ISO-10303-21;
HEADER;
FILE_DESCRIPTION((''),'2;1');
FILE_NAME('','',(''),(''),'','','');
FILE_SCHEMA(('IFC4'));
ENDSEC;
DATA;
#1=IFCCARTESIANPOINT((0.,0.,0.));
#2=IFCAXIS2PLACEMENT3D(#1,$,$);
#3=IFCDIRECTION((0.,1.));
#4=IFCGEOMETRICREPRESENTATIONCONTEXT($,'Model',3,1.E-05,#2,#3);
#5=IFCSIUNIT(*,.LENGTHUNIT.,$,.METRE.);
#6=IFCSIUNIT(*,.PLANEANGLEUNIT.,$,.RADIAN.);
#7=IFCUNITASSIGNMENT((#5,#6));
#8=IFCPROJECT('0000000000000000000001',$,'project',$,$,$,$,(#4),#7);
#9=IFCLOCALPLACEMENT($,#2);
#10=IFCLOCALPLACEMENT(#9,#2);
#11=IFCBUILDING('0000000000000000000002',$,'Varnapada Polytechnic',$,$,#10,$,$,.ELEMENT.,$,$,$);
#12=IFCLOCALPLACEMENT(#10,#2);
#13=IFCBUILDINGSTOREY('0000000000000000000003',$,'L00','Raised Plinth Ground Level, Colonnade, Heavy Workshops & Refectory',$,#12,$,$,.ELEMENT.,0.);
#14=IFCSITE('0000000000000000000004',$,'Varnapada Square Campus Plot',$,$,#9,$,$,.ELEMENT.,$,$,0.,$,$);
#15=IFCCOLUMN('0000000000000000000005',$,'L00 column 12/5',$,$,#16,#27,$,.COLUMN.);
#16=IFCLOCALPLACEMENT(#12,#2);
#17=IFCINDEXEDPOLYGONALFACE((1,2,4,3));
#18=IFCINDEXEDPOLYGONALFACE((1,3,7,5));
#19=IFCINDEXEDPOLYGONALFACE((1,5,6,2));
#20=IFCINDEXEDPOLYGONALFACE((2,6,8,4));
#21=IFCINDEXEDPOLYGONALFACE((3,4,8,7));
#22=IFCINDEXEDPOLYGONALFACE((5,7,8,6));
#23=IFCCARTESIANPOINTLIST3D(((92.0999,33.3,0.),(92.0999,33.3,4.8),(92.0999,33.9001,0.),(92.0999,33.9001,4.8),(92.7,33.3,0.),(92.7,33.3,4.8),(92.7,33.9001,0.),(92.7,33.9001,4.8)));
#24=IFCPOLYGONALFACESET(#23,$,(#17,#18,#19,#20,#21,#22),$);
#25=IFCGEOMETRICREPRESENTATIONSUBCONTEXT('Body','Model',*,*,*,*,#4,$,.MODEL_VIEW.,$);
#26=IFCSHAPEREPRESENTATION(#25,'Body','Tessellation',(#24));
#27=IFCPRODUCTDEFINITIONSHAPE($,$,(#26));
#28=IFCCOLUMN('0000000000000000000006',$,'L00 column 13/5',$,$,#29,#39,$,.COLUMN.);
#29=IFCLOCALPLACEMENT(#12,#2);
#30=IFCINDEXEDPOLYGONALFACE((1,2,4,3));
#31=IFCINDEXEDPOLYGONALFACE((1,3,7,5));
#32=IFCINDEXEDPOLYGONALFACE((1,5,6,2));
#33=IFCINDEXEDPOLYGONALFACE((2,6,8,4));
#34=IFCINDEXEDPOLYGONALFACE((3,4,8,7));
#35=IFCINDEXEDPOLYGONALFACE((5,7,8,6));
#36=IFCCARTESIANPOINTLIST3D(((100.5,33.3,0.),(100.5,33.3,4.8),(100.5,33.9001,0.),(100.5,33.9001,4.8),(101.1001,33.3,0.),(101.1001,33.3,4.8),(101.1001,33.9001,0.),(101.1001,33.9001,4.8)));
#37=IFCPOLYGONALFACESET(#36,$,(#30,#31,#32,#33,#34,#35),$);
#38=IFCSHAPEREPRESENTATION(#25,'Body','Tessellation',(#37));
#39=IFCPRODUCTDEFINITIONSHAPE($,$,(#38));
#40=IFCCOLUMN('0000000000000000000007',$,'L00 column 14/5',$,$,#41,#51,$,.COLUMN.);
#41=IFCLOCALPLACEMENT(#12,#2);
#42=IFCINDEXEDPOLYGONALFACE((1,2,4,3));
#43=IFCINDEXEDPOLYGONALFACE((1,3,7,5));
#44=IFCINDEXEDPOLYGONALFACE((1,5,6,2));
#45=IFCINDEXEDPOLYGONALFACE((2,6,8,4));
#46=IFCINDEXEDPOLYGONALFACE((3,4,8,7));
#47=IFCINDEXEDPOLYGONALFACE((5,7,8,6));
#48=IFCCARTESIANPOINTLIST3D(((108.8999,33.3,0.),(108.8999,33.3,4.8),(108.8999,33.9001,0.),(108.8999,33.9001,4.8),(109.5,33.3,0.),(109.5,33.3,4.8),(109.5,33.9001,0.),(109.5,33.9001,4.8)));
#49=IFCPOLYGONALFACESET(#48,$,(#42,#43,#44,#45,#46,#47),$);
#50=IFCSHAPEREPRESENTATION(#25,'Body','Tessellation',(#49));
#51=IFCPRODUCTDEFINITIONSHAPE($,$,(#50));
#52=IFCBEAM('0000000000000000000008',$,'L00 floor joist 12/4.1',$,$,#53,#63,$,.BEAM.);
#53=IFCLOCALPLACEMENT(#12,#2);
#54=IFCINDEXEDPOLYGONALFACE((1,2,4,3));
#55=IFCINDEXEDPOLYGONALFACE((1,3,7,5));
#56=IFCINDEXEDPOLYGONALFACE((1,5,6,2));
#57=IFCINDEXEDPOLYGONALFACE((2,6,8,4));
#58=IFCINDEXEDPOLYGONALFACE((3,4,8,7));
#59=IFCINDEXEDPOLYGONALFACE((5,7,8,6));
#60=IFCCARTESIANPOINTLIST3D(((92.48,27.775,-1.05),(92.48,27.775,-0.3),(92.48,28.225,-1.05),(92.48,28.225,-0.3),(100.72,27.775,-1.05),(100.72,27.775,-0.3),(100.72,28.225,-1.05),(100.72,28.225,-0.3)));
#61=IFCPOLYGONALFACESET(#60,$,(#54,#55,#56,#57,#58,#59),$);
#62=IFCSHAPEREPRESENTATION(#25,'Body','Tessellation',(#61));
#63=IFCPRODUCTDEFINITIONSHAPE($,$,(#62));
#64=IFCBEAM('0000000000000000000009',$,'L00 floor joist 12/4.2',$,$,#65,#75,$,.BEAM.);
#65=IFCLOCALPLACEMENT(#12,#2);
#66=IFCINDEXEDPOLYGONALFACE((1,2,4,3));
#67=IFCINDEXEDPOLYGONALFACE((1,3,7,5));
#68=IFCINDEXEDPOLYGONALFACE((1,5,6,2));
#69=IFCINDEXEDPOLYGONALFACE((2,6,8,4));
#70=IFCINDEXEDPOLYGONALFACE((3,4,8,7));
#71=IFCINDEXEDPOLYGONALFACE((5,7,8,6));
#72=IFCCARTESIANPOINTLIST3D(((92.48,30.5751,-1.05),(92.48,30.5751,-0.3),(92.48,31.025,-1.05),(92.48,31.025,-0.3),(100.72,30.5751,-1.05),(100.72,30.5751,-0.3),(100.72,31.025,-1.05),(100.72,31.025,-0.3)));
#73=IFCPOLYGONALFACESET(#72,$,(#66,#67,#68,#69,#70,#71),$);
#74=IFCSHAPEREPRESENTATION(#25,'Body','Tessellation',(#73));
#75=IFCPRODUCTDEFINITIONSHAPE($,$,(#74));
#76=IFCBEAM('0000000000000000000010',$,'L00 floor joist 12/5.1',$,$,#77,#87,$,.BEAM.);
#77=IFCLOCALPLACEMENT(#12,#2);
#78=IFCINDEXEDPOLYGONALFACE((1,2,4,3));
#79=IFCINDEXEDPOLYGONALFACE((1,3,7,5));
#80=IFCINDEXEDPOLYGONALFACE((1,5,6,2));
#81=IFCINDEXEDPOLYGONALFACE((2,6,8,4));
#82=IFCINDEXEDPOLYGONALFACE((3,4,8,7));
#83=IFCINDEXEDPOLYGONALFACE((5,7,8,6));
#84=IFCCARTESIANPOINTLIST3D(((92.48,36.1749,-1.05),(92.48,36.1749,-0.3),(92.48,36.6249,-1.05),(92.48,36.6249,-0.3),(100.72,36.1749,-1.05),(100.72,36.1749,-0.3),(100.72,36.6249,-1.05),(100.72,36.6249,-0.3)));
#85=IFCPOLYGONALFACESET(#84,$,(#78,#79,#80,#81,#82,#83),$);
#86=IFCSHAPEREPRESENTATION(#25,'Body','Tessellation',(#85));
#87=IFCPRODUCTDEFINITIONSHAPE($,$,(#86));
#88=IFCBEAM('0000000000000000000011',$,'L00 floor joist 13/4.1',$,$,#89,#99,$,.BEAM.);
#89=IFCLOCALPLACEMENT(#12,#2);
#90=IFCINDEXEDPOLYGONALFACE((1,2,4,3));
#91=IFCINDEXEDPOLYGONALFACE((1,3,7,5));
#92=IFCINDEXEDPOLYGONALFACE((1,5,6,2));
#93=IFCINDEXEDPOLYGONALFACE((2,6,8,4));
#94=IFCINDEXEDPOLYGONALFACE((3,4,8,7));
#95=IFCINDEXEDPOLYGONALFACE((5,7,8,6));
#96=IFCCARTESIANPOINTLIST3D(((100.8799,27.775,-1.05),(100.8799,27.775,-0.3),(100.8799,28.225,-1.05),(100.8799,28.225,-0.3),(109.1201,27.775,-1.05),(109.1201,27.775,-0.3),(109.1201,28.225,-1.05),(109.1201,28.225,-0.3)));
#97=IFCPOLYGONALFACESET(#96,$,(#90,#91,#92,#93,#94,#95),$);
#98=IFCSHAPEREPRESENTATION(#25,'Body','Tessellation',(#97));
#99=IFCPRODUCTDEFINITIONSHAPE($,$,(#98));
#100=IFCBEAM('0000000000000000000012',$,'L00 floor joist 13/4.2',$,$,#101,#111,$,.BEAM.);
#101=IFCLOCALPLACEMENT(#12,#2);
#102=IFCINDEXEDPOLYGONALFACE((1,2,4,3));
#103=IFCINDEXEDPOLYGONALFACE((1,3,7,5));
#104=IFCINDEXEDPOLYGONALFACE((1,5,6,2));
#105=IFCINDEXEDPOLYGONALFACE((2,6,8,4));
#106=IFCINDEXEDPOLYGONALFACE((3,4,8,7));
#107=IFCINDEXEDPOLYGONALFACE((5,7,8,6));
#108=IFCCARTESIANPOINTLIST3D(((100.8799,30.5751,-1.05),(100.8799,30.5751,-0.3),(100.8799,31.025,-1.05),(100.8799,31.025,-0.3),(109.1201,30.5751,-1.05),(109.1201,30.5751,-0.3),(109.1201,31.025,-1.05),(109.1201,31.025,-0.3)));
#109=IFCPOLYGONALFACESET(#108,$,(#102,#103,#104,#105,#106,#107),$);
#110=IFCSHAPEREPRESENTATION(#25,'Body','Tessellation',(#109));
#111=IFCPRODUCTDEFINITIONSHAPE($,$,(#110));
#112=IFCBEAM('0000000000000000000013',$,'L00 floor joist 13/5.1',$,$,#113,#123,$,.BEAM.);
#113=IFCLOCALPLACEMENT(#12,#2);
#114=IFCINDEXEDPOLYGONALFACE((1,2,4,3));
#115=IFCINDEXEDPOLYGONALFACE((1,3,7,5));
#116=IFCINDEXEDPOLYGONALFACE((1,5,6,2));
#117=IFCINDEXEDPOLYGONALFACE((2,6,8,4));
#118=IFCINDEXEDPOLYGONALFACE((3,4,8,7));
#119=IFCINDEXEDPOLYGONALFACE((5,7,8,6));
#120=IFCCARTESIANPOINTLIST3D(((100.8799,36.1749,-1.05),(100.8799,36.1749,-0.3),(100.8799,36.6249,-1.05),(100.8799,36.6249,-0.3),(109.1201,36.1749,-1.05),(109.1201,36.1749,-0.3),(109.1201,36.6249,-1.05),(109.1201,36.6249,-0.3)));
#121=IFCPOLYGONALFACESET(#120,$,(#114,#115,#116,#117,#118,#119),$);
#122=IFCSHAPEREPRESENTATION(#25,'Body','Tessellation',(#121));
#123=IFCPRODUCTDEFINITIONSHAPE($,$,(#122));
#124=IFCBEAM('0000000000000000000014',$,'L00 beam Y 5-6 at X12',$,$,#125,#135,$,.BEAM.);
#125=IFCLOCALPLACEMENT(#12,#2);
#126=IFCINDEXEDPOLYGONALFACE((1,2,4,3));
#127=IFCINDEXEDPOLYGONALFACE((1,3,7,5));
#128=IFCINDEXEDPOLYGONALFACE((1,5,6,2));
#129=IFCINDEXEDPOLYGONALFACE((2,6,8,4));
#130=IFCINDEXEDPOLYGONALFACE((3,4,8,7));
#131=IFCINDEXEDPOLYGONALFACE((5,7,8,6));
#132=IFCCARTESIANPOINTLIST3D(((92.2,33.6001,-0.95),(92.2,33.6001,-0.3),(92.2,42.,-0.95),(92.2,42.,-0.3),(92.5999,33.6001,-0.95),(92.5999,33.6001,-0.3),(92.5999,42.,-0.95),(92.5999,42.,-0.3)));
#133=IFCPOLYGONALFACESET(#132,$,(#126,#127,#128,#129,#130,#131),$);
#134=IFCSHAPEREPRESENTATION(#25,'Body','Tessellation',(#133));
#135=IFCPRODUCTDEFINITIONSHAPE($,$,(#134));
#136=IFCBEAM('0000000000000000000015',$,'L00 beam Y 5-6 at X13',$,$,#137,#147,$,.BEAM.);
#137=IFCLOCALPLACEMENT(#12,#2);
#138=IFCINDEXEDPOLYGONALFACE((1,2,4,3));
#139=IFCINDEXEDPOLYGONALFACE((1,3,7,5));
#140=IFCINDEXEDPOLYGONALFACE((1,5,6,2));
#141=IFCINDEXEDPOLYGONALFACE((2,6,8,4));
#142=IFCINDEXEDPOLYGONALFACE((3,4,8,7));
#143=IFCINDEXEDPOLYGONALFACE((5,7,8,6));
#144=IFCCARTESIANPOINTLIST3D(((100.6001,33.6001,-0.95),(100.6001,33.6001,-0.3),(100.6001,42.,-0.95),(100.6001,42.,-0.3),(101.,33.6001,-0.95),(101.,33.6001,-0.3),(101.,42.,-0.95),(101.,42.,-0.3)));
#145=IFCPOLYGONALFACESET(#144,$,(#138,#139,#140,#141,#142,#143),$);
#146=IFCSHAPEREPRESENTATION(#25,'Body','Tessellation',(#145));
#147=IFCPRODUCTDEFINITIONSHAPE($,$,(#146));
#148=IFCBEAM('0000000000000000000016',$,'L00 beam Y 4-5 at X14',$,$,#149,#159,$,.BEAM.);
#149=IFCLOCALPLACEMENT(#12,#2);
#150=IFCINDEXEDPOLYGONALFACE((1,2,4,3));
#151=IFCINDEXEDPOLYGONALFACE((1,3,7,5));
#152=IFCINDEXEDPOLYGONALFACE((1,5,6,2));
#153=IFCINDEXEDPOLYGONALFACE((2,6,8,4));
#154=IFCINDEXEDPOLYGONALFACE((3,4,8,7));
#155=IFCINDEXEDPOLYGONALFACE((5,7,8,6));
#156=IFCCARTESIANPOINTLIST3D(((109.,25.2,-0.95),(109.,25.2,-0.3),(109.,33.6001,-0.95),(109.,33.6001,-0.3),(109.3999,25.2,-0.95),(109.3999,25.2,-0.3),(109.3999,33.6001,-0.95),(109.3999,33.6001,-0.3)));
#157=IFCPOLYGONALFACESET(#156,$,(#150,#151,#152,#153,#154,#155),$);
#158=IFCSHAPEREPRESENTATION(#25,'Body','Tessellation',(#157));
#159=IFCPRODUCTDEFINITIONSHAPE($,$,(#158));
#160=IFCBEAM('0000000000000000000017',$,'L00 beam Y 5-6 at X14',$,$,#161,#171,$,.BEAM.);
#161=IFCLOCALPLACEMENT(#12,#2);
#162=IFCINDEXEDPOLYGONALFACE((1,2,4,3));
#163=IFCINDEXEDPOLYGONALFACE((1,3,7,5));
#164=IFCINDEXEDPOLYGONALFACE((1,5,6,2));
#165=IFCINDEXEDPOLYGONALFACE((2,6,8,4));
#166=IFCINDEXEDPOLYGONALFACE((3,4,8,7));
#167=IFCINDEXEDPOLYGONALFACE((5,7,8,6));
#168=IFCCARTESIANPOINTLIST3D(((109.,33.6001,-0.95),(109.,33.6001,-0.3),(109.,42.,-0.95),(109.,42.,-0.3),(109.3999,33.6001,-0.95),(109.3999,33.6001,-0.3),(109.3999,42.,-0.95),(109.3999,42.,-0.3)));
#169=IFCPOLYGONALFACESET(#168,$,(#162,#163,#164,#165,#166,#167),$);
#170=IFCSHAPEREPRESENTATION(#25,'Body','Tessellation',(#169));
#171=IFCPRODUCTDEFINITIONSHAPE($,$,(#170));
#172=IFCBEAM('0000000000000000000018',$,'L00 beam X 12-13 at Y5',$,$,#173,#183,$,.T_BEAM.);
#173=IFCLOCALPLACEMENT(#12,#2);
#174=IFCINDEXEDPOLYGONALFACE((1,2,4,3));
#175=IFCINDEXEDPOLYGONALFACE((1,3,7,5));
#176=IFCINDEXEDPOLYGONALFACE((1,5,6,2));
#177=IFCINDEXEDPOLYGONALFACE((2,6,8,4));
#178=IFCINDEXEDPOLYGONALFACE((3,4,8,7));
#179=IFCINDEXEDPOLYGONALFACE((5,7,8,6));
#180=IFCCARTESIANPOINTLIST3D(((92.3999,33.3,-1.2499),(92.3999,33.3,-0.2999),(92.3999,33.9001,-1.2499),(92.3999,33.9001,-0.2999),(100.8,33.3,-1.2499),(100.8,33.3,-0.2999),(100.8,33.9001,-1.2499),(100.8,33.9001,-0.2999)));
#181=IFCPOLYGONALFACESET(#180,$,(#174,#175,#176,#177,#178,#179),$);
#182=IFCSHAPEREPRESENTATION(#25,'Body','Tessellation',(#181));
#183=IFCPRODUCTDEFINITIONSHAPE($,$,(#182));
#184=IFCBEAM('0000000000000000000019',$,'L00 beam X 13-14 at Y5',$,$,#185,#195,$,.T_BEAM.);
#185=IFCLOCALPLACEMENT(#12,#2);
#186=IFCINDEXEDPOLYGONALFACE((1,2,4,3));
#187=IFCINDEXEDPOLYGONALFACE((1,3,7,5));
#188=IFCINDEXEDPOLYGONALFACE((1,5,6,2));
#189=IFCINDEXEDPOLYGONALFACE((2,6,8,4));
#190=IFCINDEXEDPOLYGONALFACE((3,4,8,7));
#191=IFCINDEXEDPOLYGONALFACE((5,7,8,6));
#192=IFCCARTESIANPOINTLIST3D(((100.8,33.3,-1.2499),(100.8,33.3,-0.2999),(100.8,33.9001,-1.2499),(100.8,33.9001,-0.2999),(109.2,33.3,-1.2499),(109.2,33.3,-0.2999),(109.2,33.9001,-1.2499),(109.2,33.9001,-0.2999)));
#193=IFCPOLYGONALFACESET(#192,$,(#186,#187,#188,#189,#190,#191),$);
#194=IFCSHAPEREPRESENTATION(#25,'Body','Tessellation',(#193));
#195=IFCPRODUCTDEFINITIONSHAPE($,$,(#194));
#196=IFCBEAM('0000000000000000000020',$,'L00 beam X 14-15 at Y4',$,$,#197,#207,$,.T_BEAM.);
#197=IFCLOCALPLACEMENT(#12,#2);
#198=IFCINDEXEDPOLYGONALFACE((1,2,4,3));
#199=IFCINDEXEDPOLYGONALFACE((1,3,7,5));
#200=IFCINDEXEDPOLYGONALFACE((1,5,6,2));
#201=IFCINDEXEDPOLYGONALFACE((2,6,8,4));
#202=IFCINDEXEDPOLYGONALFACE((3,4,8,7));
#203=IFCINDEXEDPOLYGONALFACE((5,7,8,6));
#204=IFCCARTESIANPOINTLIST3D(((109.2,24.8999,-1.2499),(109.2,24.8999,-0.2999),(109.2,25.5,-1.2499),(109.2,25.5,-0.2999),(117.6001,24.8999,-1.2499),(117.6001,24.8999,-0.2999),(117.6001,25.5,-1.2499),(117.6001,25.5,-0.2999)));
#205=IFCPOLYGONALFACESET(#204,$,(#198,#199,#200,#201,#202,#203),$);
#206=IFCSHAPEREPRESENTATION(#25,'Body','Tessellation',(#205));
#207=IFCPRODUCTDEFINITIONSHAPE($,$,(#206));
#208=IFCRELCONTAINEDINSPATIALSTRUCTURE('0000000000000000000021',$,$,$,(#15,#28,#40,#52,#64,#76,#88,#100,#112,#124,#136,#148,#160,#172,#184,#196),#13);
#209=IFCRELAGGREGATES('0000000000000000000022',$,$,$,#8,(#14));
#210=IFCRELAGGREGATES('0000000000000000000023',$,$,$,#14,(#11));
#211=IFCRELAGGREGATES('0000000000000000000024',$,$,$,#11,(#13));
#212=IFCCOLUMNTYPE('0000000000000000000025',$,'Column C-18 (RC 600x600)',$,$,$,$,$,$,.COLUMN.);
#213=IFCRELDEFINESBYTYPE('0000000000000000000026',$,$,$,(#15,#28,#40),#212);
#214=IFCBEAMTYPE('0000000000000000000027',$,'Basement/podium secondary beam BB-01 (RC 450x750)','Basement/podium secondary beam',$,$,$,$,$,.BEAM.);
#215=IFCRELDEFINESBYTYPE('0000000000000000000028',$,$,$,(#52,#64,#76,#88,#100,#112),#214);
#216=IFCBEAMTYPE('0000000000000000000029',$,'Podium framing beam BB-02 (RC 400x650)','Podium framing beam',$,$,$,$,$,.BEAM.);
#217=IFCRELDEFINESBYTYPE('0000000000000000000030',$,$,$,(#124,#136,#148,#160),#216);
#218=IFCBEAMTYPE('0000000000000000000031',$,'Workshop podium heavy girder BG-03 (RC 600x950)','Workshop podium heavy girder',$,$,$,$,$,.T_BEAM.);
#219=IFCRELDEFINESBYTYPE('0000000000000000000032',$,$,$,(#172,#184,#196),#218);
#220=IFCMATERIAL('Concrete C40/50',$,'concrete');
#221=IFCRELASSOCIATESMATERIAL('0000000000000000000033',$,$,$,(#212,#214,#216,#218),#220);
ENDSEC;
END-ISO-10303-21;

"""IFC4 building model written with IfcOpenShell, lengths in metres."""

from ifc_helpers import new_model, si_unit, direction, frame, origin, origin_2d, place, context, subcontext, project, spatial, rectangle, extrude, material, material_profile, profile_set, type_object, element, save


model = new_model("IFC4")

# Units and contexts
model_context = context("Model", 3, precision=1e-05, world=origin(), true_north=direction((0.0, 1.0)))
body_context = subcontext(model_context, "Body", "Model", "MODEL_VIEW")
ifc_project = project(units=[si_unit("LENGTHUNIT", "METRE"), si_unit("PLANEANGLEUNIT", "RADIAN")], contexts=[model_context])

# Site, building, storey
site_placement = place(None, origin())
site = spatial("IfcSite", under=ifc_project, at=site_placement, Name="Varnapada Square Campus Plot", CompositionType="ELEMENT", RefElevation=0.0)
building_placement = place(site_placement, origin())
building = spatial("IfcBuilding", under=site, at=building_placement, Name="Varnapada Polytechnic", CompositionType="ELEMENT")
storey_placement = place(building_placement, origin())
storey = spatial("IfcBuildingStorey", under=building, at=storey_placement, Name="L00", Description="Raised Plinth Ground Level, Colonnade, Heavy Workshops & Refectory", CompositionType="ELEMENT", Elevation=0.0)

# Columns
ifc_material_1 = material(Name="Concrete C40/50", Category="concrete")
ifc_material_profile_1 = material_profile(ifc_material_1, rectangle(XDim=0.6001, YDim=0.6001, at=origin_2d()), Name="RC 600x600")
ifc_profile_set_1 = profile_set([ifc_material_profile_1], Name="Concrete C40/50")
column_type = type_object("IfcColumnType", Name="Column C-18 (RC 600x600)", PredefinedType="COLUMN", material=ifc_profile_set_1)
for number, where, z_axis, x_axis, name in (
    (1, (92.3999, 33.6001, 0.0), (0.0, 0.0, 1.0), (1.0, 0.0, 0.0), "L00 column 12/5"),
    (2, (100.8, 33.6001, 0.0), (0.0, 0.0, 1.0), (1.0, 0.0, 0.0), "L00 column 13/5"),
    (3, (109.2, 33.6001, 0.0), (0.0, 0.0, 1.0), (1.0, 0.0, 0.0), "L00 column 14/5"),
):
    element("IfcColumn", number, at=place(storey_placement, frame(where, z_axis=z_axis, x_axis=x_axis)), inside=storey, type_object=column_type, Name=name, PredefinedType="COLUMN", context=body_context, shape_type="SweptSolid", body=[
        extrude(rectangle(XDim=0.6001, YDim=0.6001, at=origin_2d()), origin(), (0.0, 0.0, 1.0), 4.8),
    ])

# Beams
ifc_material_profile_2 = material_profile(ifc_material_1, rectangle(XDim=0.45, YDim=0.75, at=origin_2d()), Name="RC 450x750")
ifc_profile_set_2 = profile_set([ifc_material_profile_2], Name="Concrete C40/50")
beam_type_1 = type_object("IfcBeamType", Name="Basement/podium secondary beam BB-01 (RC 450x750)", Description="Basement/podium secondary beam", PredefinedType="BEAM", material=ifc_profile_set_2)
for number, where, z_axis, x_axis, name in (
    (4, (92.48, 28.0, -0.675), (1.0, 0.0, 0.0), (0.0, 1.0, 0.0), "L00 floor joist 12/4.1"),
    (5, (92.48, 30.8, -0.675), (1.0, 0.0, 0.0), (0.0, 1.0, 0.0), "L00 floor joist 12/4.2"),
    (6, (92.48, 36.3999, -0.675), (1.0, 0.0, 0.0), (0.0, 1.0, 0.0), "L00 floor joist 12/5.1"),
):
    element("IfcBeam", number, at=place(storey_placement, frame(where, z_axis=z_axis, x_axis=x_axis)), inside=storey, type_object=beam_type_1, Name=name, PredefinedType="BEAM", context=body_context, shape_type="SweptSolid", body=[
        extrude(rectangle(XDim=0.45, YDim=0.75, at=origin_2d()), origin(), (0.0, 0.0, 1.0), 8.24),
    ])
for number, where, z_axis, x_axis, name in (
    (7, (100.8799, 28.0, -0.675), (1.0, 0.0, 0.0), (0.0, 1.0, 0.0), "L00 floor joist 13/4.1"),
    (8, (100.8799, 30.8, -0.675), (1.0, 0.0, 0.0), (0.0, 1.0, 0.0), "L00 floor joist 13/4.2"),
    (9, (100.8799, 36.3999, -0.675), (1.0, 0.0, 0.0), (0.0, 1.0, 0.0), "L00 floor joist 13/5.1"),
):
    element("IfcBeam", number, at=place(storey_placement, frame(where, z_axis=z_axis, x_axis=x_axis)), inside=storey, type_object=beam_type_1, Name=name, PredefinedType="BEAM", context=body_context, shape_type="SweptSolid", body=[
        extrude(rectangle(XDim=0.45, YDim=0.75, at=origin_2d()), origin(), (0.0, 0.0, 1.0), 8.2402),
    ])
ifc_material_profile_3 = material_profile(ifc_material_1, rectangle(XDim=0.3999, YDim=0.6499, at=origin_2d()), Name="RC 400x650")
ifc_profile_set_3 = profile_set([ifc_material_profile_3], Name="Concrete C40/50")
beam_type_2 = type_object("IfcBeamType", Name="Podium framing beam BB-02 (RC 400x650)", Description="Podium framing beam", PredefinedType="BEAM", material=ifc_profile_set_3)
for number, where, z_axis, x_axis, name in (
    (10, (92.3999, 33.6001, -0.625), (0.0, 1.0, 0.0), (-1.0, 0.0, 0.0), "L00 beam Y 5-6 at X12"),
    (11, (100.8, 33.6001, -0.625), (0.0, 1.0, 0.0), (-1.0, 0.0, 0.0), "L00 beam Y 5-6 at X13"),
):
    element("IfcBeam", number, at=place(storey_placement, frame(where, z_axis=z_axis, x_axis=x_axis)), inside=storey, type_object=beam_type_2, Name=name, PredefinedType="BEAM", context=body_context, shape_type="SweptSolid", body=[
        extrude(rectangle(XDim=0.3999, YDim=0.6499, at=origin_2d()), origin(), (0.0, 0.0, 1.0), 8.3999),
    ])
beam_1_placement = place(storey_placement, frame((109.2, 25.2, -0.625), z_axis=(0.0, 1.0, 0.0), x_axis=(-1.0, 0.0, 0.0)))
element("IfcBeam", 12, at=beam_1_placement, inside=storey, type_object=beam_type_2, Name="L00 beam Y 4-5 at X14", PredefinedType="BEAM", context=body_context, shape_type="SweptSolid", body=[
    extrude(rectangle(XDim=0.3999, YDim=0.6499, at=origin_2d()), origin(), (0.0, 0.0, 1.0), 8.4001),
])
beam_2_placement = place(storey_placement, frame((109.2, 33.6001, -0.625), z_axis=(0.0, 1.0, 0.0), x_axis=(-1.0, 0.0, 0.0)))
element("IfcBeam", 13, at=beam_2_placement, inside=storey, type_object=beam_type_2, Name="L00 beam Y 5-6 at X14", PredefinedType="BEAM", context=body_context, shape_type="SweptSolid", body=[
    extrude(rectangle(XDim=0.3999, YDim=0.6499, at=origin_2d()), origin(), (0.0, 0.0, 1.0), 8.3999),
])
ifc_material_profile_4 = material_profile(ifc_material_1, rectangle(XDim=0.6001, YDim=0.95, at=origin_2d()), Name="RC 600x950")
ifc_profile_set_4 = profile_set([ifc_material_profile_4], Name="Concrete C40/50")
beam_type_3 = type_object("IfcBeamType", Name="Workshop podium heavy girder BG-03 (RC 600x950)", Description="Workshop podium heavy girder", PredefinedType="T_BEAM", material=ifc_profile_set_4)
beam_3_placement = place(storey_placement, frame((92.3999, 33.6001, -0.7749), z_axis=(1.0, 0.0, 0.0), x_axis=(0.0, 1.0, 0.0)))
element("IfcBeam", 14, at=beam_3_placement, inside=storey, type_object=beam_type_3, Name="L00 beam X 12-13 at Y5", PredefinedType="T_BEAM", context=body_context, shape_type="SweptSolid", body=[
    extrude(rectangle(XDim=0.6001, YDim=0.95, at=origin_2d()), origin(), (0.0, 0.0, 1.0), 8.4001),
])
beam_4_placement = place(storey_placement, frame((100.8, 33.6001, -0.7749), z_axis=(1.0, 0.0, 0.0), x_axis=(0.0, 1.0, 0.0)))
element("IfcBeam", 15, at=beam_4_placement, inside=storey, type_object=beam_type_3, Name="L00 beam X 13-14 at Y5", PredefinedType="T_BEAM", context=body_context, shape_type="SweptSolid", body=[
    extrude(rectangle(XDim=0.6001, YDim=0.95, at=origin_2d()), origin(), (0.0, 0.0, 1.0), 8.3999),
])
for number, where, z_axis, x_axis, name in (
    (16, (109.2, 25.2, -0.7749), (1.0, 0.0, 0.0), (0.0, 1.0, 0.0), "L00 beam X 14-15 at Y4"),
):
    element("IfcBeam", number, at=place(storey_placement, frame(where, z_axis=z_axis, x_axis=x_axis)), inside=storey, type_object=beam_type_3, Name=name, PredefinedType="T_BEAM", context=body_context, shape_type="SweptSolid", body=[
        extrude(rectangle(XDim=0.6001, YDim=0.95, at=origin_2d()), origin(), (0.0, 0.0, 1.0), 8.4001),
    ])

save(model, "model.ifc")
